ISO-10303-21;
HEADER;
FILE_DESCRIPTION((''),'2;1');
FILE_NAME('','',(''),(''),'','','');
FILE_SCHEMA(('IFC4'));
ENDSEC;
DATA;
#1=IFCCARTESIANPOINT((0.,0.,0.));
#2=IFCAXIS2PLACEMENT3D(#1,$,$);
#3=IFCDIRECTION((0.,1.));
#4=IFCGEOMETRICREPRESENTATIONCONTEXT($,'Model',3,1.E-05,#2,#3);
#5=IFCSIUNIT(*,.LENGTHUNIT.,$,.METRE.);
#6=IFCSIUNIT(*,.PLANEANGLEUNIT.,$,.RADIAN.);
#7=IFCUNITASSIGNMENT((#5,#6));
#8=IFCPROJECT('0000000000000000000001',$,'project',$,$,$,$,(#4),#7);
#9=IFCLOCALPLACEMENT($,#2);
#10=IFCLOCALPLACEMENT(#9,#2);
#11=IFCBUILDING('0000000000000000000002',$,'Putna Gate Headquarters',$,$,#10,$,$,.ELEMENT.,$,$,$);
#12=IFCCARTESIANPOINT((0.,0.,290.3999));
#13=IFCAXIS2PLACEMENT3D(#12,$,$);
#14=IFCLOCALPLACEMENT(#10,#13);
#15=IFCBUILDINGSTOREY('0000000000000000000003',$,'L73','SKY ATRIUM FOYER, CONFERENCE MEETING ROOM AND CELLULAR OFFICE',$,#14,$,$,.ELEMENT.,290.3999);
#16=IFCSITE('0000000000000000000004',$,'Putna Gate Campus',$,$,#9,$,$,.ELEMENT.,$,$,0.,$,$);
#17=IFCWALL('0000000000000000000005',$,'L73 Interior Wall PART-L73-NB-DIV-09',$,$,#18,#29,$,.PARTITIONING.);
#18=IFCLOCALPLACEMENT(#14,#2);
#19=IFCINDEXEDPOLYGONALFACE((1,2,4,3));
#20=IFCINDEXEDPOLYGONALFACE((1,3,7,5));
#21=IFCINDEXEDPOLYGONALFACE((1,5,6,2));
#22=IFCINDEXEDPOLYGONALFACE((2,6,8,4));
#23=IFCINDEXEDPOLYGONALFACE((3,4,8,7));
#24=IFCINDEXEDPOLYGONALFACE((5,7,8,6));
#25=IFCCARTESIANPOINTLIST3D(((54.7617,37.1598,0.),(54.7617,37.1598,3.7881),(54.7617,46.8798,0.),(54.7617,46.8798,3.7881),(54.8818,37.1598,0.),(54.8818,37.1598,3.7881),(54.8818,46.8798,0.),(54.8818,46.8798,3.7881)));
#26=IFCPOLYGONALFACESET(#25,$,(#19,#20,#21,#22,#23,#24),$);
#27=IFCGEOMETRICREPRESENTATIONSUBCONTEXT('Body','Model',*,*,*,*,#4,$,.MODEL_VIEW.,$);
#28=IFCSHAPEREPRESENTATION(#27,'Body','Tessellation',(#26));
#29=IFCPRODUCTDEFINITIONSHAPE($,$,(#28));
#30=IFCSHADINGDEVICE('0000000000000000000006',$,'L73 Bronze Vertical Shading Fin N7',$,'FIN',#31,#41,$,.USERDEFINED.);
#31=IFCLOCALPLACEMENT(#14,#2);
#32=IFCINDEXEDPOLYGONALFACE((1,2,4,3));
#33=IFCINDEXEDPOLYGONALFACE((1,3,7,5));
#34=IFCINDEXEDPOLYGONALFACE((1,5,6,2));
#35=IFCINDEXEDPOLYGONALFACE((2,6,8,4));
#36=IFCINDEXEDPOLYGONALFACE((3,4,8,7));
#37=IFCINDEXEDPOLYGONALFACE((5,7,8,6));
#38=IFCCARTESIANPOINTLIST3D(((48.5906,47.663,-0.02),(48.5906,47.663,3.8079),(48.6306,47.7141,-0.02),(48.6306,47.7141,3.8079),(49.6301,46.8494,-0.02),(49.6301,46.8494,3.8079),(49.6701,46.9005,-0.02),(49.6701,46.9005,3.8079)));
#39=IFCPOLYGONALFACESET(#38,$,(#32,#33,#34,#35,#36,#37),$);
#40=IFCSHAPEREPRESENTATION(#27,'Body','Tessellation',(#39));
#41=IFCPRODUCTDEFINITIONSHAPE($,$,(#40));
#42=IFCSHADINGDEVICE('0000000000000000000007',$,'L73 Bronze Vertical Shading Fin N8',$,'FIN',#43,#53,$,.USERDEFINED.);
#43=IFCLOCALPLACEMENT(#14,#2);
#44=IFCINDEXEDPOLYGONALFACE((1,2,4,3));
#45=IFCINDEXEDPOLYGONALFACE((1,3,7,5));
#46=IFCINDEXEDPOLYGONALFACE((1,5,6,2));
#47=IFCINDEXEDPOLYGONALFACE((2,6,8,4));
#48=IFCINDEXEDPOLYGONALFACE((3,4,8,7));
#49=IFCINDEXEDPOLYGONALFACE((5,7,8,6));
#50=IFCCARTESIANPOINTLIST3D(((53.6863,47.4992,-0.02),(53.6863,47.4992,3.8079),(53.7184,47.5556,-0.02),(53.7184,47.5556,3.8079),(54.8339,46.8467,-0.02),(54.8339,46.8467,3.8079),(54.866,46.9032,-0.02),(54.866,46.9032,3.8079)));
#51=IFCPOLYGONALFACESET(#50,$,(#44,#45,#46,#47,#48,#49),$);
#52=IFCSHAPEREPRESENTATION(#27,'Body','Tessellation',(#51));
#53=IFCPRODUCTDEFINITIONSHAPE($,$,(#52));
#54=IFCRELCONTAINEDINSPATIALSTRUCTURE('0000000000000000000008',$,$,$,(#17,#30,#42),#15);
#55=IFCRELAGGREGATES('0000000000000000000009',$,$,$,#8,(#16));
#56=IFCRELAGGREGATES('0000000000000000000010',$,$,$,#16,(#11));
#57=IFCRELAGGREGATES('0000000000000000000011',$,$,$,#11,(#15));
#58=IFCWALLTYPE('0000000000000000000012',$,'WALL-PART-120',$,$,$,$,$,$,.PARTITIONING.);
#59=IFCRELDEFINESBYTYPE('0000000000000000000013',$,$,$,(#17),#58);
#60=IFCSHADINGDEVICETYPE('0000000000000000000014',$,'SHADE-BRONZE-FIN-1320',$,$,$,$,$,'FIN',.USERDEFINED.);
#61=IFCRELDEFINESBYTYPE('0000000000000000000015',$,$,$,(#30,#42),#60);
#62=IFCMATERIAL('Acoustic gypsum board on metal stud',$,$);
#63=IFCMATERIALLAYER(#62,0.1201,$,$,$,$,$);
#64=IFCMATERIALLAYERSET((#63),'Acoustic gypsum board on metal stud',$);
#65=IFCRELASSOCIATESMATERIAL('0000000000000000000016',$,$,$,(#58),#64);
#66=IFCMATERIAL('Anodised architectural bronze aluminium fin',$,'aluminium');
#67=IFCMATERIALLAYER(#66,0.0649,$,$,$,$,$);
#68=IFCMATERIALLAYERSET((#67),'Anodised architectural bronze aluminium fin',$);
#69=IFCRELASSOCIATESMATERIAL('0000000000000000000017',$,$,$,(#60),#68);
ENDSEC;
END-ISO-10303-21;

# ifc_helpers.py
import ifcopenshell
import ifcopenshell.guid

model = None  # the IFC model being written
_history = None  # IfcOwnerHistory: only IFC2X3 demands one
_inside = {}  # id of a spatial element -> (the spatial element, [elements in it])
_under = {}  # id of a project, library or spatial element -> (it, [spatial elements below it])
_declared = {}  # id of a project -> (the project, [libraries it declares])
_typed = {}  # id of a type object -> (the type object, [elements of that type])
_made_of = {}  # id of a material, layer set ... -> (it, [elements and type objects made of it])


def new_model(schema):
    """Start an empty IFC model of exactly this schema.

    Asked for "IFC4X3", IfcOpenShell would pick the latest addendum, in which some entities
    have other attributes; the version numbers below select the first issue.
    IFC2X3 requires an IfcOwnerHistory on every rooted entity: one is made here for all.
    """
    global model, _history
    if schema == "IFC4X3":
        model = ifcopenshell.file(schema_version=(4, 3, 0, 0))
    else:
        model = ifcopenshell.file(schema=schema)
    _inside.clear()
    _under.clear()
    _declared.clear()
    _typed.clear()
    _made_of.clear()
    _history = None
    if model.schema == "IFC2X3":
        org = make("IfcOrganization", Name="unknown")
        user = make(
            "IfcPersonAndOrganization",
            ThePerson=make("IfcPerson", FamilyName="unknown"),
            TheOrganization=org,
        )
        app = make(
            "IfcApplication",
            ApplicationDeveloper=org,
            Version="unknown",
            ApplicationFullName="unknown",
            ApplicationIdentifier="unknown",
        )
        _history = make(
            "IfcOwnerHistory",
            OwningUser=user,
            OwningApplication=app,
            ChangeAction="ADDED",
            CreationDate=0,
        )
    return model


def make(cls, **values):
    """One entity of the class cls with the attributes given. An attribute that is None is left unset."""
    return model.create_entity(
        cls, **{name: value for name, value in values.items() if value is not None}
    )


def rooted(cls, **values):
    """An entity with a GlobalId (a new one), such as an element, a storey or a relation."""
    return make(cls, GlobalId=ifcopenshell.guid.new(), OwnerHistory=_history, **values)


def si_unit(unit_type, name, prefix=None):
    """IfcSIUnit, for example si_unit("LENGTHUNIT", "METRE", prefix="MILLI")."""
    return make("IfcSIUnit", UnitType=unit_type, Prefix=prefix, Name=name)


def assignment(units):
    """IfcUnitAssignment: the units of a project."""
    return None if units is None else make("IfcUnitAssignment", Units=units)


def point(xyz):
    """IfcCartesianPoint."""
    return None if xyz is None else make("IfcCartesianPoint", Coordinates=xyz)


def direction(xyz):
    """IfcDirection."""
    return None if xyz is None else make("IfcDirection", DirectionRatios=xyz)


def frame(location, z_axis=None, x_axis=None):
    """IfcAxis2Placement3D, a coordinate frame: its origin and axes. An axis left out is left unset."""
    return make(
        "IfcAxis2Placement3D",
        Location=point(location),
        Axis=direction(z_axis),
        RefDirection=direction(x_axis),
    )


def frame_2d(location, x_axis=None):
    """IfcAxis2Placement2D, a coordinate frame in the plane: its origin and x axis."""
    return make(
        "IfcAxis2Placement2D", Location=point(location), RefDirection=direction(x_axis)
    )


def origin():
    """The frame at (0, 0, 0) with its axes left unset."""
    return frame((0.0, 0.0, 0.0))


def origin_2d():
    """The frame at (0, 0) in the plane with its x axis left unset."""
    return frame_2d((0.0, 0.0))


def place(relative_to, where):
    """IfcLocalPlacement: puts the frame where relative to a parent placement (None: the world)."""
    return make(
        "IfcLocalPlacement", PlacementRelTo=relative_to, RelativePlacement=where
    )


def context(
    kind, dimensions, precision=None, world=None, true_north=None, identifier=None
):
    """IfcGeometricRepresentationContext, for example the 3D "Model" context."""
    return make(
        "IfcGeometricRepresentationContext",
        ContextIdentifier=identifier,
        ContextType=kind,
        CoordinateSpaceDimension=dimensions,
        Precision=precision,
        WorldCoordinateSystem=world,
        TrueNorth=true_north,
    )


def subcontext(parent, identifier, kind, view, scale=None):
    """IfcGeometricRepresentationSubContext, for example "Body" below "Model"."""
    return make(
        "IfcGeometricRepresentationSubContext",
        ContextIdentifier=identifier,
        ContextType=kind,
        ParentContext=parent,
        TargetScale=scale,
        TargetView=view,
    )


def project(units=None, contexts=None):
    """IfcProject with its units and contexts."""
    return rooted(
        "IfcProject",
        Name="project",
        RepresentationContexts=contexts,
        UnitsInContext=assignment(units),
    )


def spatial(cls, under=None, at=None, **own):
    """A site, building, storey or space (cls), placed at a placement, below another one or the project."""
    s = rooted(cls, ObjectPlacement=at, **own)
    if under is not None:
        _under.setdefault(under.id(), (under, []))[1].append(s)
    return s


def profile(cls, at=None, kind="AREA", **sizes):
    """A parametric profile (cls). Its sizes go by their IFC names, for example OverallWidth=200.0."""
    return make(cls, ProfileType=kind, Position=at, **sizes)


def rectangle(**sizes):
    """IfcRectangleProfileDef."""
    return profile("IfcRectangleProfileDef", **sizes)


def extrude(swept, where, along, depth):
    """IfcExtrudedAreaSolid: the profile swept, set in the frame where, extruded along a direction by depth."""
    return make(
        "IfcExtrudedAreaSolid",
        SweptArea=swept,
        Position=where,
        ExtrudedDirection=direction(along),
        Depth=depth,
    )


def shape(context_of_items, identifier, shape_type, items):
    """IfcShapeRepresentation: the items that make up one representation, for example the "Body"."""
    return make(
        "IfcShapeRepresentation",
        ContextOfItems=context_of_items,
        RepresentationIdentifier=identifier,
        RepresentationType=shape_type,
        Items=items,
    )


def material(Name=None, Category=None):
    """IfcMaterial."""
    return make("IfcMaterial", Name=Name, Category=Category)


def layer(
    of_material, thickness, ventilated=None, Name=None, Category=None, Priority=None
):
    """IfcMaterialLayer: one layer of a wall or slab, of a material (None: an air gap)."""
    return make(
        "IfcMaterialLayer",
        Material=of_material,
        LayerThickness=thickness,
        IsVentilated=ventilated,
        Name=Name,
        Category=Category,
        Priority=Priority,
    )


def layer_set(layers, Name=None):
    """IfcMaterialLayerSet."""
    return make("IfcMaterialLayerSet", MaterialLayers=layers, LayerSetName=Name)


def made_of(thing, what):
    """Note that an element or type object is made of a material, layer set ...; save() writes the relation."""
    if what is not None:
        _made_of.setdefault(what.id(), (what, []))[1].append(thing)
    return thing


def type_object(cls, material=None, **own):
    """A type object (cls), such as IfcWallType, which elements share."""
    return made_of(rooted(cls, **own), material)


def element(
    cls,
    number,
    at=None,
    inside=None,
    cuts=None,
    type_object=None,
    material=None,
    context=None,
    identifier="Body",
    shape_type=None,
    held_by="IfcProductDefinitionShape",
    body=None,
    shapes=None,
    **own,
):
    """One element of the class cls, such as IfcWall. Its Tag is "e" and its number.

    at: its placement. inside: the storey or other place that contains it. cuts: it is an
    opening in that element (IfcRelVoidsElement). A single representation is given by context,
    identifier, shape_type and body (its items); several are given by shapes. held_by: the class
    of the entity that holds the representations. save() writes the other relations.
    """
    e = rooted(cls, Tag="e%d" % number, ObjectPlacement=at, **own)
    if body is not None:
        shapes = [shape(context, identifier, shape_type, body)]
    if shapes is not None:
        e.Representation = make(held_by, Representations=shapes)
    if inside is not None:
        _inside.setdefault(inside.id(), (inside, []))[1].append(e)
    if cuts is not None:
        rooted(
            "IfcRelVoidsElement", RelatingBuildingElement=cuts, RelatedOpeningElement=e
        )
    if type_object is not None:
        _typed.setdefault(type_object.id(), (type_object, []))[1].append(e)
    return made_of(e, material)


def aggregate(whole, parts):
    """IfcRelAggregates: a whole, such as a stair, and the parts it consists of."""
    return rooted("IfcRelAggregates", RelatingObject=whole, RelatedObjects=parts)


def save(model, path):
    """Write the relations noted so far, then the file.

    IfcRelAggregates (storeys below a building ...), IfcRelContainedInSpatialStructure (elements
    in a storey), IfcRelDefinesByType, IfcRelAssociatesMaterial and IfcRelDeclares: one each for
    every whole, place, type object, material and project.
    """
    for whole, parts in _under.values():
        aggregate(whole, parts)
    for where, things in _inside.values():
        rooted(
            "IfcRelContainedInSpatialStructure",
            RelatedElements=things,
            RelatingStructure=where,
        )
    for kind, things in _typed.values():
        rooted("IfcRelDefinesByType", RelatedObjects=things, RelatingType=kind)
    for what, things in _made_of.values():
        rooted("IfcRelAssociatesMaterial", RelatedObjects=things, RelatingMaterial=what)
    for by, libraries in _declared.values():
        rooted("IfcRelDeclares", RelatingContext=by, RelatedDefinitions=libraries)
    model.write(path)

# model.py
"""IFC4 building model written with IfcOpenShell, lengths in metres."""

from ifc_helpers import new_model, si_unit, direction, frame, frame_2d, origin, origin_2d, place, context, subcontext, project, spatial, rectangle, extrude, material, layer, layer_set, type_object, element, save


model = new_model("IFC4")

# Units and contexts
model_context = context("Model", 3, precision=1e-05, world=origin(), true_north=direction((0.0, 1.0)))
body_context = subcontext(model_context, "Body", "Model", "MODEL_VIEW")
ifc_project = project(units=[si_unit("LENGTHUNIT", "METRE"), si_unit("PLANEANGLEUNIT", "RADIAN")], contexts=[model_context])

# Site, building, storey
site_placement = place(None, origin())
site = spatial("IfcSite", under=ifc_project, at=site_placement, Name="Putna Gate Campus", CompositionType="ELEMENT", RefElevation=0.0)
building_placement = place(site_placement, origin())
building = spatial("IfcBuilding", under=site, at=building_placement, Name="Putna Gate Headquarters", CompositionType="ELEMENT")
storey_placement = place(building_placement, frame((0.0, 0.0, 290.3999)))
storey = spatial("IfcBuildingStorey", under=building, at=storey_placement, Name="L73", Description="SKY ATRIUM FOYER, CONFERENCE MEETING ROOM AND CELLULAR OFFICE", CompositionType="ELEMENT", Elevation=290.3999)

# Wall
ifc_material_1 = material(Name="Acoustic gypsum board on metal stud")
ifc_layer_1 = layer(ifc_material_1, 0.1201)
ifc_layer_set_1 = layer_set([ifc_layer_1], Name="Acoustic gypsum board on metal stud")
wall_type = type_object("IfcWallType", Name="WALL-PART-120", PredefinedType="PARTITIONING", material=ifc_layer_set_1)
wall_placement = place(storey_placement, frame((54.8218, 37.1599, 0.0), z_axis=(0.0, 0.0, 1.0), x_axis=(0.0, 1.0, 0.0)))
element("IfcWall", 1, at=wall_placement, inside=storey, type_object=wall_type, Name="L73 Interior Wall PART-L73-NB-DIV-09", PredefinedType="PARTITIONING", context=body_context, shape_type="SweptSolid", body=[
    extrude(rectangle(XDim=9.72, YDim=0.1201, at=frame_2d((4.8599, 0.0))), origin(), (0.0, 0.0, 1.0), 3.7881),
])

# Shading devices
ifc_material_2 = material(Name="Anodised architectural bronze aluminium fin", Category="aluminium")
ifc_layer_2 = layer(ifc_material_2, 0.0649)
ifc_layer_set_2 = layer_set([ifc_layer_2], Name="Anodised architectural bronze aluminium fin")
shading_device_type = type_object("IfcShadingDeviceType", Name="SHADE-BRONZE-FIN-1320", ElementType="FIN", PredefinedType="USERDEFINED", material=ifc_layer_set_2)
for number, where, z_axis, x_axis, name in (
    (2, (49.1304, 47.2817, -0.02), (0.0, 0.0, 1.0), (-0.787473, 0.616349, 0.0), "L73 Bronze Vertical Shading Fin N7"),
    (3, (54.2761, 47.2012, -0.02), (0.0, 0.0, 1.0), (-0.869322, 0.494245, 0.0), "L73 Bronze Vertical Shading Fin N8"),
):
    element("IfcShadingDevice", number, at=place(storey_placement, frame(where, z_axis=z_axis, x_axis=x_axis)), inside=storey, type_object=shading_device_type, Name=name, ObjectType="FIN", PredefinedType="USERDEFINED", context=body_context, shape_type="SweptSolid", body=[
        extrude(rectangle(XDim=1.3201, YDim=0.0649, at=origin_2d()), origin(), (0.0, 0.0, 1.0), 3.8279),
    ])

save(model, "model.ifc")
